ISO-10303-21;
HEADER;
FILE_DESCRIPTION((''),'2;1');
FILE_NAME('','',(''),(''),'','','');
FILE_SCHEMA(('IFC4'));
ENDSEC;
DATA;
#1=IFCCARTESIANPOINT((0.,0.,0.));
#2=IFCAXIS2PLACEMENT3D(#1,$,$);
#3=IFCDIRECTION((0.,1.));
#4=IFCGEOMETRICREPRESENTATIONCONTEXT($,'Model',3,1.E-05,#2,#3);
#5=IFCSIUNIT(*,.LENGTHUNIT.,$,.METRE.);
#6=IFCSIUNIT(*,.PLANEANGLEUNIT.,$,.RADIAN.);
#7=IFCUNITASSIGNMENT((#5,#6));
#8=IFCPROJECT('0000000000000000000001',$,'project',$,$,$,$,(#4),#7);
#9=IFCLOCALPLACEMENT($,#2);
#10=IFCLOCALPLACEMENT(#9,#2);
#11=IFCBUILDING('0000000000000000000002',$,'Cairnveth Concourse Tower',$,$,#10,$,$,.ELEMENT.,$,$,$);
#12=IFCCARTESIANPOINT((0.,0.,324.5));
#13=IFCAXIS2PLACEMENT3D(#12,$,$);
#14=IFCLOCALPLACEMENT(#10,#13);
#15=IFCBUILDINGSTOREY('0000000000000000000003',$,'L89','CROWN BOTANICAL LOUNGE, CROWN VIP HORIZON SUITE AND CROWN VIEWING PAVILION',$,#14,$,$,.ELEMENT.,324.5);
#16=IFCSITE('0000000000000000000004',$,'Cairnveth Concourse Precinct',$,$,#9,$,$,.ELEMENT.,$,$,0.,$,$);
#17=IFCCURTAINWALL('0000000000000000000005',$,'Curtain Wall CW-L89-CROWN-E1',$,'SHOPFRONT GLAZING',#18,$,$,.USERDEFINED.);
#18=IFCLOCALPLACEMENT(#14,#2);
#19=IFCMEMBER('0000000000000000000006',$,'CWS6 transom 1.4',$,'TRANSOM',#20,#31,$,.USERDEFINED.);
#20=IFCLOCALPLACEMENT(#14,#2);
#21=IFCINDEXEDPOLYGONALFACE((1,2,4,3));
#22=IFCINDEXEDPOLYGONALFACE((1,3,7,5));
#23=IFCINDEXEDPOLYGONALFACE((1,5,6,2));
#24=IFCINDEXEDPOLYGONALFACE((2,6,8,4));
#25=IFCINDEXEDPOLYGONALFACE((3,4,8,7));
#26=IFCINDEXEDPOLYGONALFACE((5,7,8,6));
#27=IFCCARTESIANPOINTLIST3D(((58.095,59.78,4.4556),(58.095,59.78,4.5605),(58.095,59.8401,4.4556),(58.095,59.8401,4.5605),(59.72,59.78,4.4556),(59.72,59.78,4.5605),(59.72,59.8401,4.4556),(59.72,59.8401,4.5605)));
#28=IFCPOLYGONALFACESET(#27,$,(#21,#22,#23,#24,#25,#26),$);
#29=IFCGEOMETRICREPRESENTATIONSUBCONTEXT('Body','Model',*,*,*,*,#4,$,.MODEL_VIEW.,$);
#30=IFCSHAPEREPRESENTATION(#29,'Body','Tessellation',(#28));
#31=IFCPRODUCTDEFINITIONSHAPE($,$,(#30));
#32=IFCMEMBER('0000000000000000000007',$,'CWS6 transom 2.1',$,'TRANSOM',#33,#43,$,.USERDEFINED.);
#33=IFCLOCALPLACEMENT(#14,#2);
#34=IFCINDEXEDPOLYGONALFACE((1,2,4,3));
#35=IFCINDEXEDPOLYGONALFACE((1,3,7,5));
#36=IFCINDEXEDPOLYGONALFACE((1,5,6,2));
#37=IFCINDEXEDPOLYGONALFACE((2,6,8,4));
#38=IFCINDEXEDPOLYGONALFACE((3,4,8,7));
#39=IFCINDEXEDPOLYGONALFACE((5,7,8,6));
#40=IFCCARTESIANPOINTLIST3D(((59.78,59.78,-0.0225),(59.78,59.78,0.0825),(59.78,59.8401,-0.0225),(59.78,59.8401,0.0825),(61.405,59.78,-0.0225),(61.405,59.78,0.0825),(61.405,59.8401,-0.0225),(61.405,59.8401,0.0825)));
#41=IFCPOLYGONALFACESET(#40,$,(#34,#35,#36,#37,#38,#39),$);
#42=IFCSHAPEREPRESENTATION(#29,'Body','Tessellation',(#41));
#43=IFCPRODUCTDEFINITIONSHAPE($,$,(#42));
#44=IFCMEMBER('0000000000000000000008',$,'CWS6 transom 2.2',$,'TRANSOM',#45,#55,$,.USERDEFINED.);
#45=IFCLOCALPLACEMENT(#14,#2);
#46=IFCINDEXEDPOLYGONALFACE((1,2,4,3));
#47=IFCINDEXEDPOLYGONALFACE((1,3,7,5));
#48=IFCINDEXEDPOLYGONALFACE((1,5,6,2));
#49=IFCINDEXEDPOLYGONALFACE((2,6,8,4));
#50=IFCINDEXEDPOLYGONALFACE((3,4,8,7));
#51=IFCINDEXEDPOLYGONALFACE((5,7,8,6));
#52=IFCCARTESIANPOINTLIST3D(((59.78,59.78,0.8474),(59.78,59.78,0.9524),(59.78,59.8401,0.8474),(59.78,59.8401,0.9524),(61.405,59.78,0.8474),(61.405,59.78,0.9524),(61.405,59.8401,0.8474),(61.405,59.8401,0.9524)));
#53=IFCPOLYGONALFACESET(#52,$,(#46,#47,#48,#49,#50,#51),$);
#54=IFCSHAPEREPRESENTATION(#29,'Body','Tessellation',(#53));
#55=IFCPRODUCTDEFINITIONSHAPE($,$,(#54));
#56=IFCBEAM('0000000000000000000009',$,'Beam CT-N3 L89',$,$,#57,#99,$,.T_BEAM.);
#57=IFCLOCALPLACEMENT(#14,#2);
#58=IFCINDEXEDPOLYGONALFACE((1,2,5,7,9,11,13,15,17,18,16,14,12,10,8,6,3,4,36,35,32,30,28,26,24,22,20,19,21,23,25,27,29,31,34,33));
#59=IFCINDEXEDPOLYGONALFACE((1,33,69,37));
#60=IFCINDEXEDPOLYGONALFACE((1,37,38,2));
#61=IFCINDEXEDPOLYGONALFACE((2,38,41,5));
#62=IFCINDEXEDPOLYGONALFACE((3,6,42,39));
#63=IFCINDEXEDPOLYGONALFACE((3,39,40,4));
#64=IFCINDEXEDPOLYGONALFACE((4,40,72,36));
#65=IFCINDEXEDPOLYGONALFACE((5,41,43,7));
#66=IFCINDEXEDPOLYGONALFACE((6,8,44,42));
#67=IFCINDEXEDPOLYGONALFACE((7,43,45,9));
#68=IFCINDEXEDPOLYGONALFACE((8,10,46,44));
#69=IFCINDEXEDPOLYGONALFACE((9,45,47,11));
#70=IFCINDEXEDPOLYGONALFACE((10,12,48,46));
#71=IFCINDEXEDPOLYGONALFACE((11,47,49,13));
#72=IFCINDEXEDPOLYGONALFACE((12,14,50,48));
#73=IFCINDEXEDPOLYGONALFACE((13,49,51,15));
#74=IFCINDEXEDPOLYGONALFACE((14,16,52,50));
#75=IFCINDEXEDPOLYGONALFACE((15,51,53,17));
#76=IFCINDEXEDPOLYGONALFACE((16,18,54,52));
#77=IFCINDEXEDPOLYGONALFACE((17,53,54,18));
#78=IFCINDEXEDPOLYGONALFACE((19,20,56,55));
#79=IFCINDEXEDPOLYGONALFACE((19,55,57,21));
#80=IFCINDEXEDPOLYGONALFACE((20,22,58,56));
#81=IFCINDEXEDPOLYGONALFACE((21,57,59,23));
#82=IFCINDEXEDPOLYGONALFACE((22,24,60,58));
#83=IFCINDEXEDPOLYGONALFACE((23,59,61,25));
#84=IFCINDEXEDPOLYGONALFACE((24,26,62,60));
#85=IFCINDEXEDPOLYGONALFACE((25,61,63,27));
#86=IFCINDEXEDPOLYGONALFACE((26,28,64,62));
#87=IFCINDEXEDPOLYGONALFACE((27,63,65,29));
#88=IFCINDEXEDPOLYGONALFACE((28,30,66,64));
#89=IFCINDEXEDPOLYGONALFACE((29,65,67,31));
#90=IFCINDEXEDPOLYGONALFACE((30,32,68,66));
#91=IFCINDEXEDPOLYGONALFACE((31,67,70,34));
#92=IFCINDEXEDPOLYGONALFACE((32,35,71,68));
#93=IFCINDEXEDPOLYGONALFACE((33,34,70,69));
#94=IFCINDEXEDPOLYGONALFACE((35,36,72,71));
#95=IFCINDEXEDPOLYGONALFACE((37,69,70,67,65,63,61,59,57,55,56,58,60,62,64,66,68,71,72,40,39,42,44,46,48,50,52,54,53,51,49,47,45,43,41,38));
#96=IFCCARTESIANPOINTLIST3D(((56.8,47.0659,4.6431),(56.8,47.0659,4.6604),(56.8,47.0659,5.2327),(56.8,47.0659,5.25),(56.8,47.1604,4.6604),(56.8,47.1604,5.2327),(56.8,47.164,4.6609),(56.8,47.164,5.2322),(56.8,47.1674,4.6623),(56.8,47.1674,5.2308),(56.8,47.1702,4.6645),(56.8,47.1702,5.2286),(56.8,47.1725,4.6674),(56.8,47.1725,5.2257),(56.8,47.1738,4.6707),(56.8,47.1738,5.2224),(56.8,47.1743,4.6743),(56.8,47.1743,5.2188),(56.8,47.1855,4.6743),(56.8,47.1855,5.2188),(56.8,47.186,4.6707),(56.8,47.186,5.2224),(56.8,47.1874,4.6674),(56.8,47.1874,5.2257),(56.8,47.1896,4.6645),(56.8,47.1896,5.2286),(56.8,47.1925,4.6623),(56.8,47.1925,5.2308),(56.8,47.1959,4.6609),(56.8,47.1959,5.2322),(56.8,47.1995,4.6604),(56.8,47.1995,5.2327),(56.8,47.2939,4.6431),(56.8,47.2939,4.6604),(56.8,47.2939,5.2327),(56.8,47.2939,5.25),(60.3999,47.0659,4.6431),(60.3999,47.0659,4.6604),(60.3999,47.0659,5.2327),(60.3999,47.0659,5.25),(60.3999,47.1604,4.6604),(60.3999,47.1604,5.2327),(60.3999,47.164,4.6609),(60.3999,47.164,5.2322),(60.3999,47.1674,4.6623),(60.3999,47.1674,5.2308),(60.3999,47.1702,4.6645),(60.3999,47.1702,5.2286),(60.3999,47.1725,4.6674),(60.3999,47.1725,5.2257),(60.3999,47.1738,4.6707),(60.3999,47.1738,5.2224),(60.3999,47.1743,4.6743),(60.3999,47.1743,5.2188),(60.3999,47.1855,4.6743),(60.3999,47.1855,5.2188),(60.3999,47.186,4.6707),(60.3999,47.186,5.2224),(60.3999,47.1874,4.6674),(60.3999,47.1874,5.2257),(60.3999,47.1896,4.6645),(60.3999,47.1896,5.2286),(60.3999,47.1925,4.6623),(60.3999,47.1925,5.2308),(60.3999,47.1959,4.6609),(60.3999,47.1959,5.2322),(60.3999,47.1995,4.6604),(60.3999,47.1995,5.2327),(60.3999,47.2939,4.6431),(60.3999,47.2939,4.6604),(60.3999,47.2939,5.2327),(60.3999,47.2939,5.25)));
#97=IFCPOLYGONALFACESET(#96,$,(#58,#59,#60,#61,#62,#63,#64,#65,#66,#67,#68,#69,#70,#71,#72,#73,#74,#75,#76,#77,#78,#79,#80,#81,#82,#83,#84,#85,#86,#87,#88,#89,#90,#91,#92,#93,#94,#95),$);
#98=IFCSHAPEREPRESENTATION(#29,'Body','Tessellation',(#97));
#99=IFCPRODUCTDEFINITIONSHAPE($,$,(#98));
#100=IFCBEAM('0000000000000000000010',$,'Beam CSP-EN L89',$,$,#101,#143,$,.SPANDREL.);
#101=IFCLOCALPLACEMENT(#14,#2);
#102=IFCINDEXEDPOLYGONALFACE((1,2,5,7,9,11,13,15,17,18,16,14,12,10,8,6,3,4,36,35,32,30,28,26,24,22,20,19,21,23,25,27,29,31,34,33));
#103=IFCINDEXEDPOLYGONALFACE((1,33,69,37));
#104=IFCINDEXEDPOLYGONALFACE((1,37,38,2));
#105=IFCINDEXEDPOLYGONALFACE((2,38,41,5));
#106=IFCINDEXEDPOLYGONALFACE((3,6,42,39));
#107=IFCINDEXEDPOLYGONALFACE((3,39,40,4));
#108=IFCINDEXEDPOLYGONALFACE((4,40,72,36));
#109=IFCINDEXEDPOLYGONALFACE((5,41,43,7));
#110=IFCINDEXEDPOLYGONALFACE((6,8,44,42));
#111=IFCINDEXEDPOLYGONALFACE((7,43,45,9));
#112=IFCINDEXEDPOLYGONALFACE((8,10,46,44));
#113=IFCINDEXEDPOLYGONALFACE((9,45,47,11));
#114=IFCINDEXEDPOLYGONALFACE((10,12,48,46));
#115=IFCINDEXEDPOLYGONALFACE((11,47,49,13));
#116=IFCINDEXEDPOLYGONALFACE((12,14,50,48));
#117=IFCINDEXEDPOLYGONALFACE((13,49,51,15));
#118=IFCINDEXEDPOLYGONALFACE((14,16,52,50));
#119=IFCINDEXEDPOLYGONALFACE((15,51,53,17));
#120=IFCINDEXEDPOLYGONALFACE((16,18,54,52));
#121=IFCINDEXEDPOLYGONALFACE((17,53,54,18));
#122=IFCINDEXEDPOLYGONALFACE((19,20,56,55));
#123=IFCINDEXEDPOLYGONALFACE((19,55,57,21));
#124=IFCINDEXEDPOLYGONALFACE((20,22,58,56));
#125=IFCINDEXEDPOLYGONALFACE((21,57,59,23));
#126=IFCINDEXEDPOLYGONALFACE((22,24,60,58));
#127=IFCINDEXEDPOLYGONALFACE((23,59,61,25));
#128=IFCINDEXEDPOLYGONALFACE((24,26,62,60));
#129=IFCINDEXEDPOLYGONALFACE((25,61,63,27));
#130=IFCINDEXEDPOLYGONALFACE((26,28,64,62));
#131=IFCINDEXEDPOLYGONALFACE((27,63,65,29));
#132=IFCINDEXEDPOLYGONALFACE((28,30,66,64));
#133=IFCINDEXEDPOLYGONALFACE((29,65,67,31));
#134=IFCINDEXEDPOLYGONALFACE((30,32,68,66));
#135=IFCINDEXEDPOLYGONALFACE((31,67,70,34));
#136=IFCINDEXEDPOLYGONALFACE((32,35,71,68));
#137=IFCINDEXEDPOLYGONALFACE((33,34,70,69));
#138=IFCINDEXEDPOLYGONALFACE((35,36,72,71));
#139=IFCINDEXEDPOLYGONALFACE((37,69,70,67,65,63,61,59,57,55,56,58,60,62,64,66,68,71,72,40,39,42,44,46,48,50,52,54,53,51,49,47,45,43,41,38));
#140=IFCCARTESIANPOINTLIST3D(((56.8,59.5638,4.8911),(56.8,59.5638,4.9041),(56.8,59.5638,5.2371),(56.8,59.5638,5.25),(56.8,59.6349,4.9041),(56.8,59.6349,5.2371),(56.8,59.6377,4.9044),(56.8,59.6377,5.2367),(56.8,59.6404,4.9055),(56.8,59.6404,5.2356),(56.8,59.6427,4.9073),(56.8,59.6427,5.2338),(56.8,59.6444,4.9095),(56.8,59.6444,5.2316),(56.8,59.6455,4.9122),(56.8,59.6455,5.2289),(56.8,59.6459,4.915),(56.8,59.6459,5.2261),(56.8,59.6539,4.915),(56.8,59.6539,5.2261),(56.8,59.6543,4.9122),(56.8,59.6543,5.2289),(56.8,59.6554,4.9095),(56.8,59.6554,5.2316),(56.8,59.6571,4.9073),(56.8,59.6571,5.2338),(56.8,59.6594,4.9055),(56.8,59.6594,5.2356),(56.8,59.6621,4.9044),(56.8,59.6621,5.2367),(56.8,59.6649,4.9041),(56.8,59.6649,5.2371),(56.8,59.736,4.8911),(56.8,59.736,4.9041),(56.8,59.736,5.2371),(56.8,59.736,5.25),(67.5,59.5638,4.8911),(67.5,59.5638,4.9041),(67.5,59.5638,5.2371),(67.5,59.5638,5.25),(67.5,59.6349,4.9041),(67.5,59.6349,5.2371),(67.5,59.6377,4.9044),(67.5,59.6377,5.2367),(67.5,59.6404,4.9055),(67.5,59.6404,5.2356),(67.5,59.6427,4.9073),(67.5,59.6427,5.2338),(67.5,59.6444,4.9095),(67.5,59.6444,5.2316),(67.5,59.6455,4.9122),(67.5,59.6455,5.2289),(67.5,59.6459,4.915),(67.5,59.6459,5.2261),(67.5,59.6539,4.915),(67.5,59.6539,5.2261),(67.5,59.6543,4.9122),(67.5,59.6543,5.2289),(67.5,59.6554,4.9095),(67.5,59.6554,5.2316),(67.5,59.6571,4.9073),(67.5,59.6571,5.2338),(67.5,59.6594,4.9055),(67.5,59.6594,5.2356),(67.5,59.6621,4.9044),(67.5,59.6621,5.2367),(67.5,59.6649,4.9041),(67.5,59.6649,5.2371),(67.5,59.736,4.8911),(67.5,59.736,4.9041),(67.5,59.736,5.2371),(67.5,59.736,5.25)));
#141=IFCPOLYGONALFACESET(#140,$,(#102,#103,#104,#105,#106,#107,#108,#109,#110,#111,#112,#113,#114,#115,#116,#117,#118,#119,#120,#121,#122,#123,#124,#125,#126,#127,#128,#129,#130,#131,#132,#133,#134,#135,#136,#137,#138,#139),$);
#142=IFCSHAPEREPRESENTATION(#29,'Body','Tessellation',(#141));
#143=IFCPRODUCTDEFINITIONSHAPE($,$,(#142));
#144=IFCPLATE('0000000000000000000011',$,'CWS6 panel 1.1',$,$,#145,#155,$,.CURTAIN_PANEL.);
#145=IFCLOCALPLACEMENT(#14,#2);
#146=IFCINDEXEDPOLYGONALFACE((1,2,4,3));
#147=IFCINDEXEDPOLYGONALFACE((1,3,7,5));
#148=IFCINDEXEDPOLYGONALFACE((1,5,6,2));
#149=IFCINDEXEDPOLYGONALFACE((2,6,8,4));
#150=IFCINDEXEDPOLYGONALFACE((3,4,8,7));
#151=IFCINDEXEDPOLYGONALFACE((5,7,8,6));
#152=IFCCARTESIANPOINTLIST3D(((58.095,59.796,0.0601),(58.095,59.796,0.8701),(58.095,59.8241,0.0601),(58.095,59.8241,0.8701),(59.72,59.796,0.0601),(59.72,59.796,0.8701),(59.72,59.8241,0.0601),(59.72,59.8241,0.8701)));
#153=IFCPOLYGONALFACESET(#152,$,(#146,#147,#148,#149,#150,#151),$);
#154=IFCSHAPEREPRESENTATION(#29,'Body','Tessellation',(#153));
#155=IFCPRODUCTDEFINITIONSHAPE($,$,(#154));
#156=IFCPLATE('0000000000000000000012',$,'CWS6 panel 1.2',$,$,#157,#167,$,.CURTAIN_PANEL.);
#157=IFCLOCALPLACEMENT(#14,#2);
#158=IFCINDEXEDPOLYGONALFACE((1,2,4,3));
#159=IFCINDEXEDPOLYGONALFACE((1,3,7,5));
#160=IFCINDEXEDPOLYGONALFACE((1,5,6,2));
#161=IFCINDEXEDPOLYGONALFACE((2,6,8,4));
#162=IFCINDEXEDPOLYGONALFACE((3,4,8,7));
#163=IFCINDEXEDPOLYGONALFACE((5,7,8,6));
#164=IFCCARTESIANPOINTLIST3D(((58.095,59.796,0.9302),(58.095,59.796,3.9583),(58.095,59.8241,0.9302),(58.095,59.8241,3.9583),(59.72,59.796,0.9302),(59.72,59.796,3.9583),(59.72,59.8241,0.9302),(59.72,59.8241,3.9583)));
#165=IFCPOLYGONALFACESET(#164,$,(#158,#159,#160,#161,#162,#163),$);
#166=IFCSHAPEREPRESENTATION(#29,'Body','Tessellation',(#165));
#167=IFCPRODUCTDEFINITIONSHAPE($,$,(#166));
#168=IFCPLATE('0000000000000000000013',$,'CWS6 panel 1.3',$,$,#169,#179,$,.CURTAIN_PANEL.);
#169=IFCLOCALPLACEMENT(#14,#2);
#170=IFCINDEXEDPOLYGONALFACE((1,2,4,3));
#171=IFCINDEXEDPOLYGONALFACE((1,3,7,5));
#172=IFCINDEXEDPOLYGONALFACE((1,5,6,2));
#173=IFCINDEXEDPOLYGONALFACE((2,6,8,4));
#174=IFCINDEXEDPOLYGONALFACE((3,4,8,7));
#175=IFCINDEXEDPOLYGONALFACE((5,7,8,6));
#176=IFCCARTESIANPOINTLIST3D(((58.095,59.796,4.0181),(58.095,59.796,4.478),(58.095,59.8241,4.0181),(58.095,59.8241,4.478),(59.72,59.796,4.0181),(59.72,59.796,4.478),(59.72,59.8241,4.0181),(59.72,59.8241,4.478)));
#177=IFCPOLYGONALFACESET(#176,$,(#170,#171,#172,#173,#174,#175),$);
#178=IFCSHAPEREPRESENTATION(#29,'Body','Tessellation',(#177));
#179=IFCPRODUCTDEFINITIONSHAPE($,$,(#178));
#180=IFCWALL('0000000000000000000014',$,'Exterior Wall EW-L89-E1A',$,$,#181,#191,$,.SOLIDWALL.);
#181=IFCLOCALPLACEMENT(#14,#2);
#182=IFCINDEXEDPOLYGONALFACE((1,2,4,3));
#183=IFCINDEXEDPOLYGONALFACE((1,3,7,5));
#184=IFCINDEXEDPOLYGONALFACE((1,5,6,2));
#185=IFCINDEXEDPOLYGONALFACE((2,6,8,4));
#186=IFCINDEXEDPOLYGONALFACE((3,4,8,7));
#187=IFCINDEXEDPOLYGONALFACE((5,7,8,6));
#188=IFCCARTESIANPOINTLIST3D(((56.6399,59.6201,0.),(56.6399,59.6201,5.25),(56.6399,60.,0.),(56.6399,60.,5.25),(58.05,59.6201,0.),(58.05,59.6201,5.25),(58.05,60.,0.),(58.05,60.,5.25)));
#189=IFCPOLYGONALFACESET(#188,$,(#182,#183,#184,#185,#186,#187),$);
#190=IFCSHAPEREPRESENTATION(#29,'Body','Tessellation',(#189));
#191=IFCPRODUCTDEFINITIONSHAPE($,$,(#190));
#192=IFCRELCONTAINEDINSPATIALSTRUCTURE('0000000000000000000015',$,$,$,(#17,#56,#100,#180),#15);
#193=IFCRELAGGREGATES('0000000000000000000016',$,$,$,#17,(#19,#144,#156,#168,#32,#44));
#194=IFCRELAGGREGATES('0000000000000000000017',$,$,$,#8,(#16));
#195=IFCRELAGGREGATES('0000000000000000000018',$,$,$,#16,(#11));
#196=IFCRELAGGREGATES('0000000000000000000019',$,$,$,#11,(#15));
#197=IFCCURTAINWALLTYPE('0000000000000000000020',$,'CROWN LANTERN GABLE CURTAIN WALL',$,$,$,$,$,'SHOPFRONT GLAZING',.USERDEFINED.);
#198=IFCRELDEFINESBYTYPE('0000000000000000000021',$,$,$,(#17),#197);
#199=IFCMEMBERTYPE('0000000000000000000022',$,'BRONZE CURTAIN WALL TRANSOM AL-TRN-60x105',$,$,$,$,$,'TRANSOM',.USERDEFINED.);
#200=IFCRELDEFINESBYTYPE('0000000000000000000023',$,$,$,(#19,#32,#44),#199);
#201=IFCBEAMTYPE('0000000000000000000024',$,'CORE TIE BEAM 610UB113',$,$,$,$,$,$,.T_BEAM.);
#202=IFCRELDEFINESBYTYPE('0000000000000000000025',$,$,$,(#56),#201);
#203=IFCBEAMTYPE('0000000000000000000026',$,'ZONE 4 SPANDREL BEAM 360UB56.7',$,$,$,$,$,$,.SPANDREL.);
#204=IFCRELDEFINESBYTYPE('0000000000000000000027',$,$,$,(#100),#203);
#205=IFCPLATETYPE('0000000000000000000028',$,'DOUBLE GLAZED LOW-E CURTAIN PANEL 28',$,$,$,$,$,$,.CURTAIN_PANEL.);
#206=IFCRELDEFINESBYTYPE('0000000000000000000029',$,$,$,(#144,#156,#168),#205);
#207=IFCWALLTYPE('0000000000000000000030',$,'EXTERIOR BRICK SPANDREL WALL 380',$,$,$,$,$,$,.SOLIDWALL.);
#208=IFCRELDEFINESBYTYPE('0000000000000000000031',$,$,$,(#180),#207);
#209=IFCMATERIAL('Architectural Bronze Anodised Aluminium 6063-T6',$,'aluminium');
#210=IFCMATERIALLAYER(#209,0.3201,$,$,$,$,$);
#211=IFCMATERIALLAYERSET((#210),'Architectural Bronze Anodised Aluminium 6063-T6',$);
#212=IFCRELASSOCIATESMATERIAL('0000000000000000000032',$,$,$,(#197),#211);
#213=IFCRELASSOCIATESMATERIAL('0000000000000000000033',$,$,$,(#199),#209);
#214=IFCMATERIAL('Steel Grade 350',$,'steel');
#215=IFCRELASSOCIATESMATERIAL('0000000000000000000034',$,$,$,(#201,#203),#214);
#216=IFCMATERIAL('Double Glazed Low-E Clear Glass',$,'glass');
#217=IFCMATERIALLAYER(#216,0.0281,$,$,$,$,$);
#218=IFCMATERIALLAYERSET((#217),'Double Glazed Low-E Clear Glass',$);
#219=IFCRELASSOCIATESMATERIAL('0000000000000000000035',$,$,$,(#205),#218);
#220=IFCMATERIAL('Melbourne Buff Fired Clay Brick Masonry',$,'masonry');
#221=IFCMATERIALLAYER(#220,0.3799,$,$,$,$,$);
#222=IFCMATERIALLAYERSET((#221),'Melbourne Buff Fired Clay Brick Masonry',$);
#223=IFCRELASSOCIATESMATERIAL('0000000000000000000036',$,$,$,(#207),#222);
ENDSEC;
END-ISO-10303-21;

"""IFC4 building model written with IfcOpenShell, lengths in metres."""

from ifc_helpers import new_model, si_unit, direction, frame, frame_2d, origin, origin_2d, place, context, subcontext, project, spatial, rectangle, i_section, extrude, material, layer, layer_set, material_profile, profile_set, type_object, element, aggregate, save


model = new_model("IFC4")

# Units and contexts
model_context = context("Model", 3, precision=1e-05, world=origin(), true_north=direction((0.0, 1.0)))
body_context = subcontext(model_context, "Body", "Model", "MODEL_VIEW")
ifc_project = project(units=[si_unit("LENGTHUNIT", "METRE"), si_unit("PLANEANGLEUNIT", "RADIAN")], contexts=[model_context])

# Site, building, storey
site_placement = place(None, origin())
site = spatial("IfcSite", under=ifc_project, at=site_placement, Name="Cairnveth Concourse Precinct", CompositionType="ELEMENT", RefElevation=0.0)
building_placement = place(site_placement, origin())
building = spatial("IfcBuilding", under=site, at=building_placement, Name="Cairnveth Concourse Tower", CompositionType="ELEMENT")
storey_placement = place(building_placement, frame((0.0, 0.0, 324.5)))
storey = spatial("IfcBuildingStorey", under=building, at=storey_placement, Name="L89", Description="CROWN BOTANICAL LOUNGE, CROWN VIP HORIZON SUITE AND CROWN VIEWING PAVILION", CompositionType="ELEMENT", Elevation=324.5)

# Shared definitions
ifc_material_1 = material(Name="Steel Grade 350", Category="steel")

# Curtain wall, members
ifc_material_2 = material(Name="Architectural Bronze Anodised Aluminium 6063-T6", Category="aluminium")
ifc_layer_1 = layer(ifc_material_2, 0.3201)
ifc_layer_set_1 = layer_set([ifc_layer_1], Name="Architectural Bronze Anodised Aluminium 6063-T6")
curtain_wall_type = type_object("IfcCurtainWallType", Name="CROWN LANTERN GABLE CURTAIN WALL", ElementType="SHOPFRONT GLAZING", PredefinedType="USERDEFINED", material=ifc_layer_set_1)
curtain_wall_placement = place(storey_placement, origin())
curtain_wall = element("IfcCurtainWall", 1, at=curtain_wall_placement, inside=storey, type_object=curtain_wall_type, Name="Curtain Wall CW-L89-CROWN-E1", ObjectType="SHOPFRONT GLAZING", PredefinedType="USERDEFINED")
ifc_material_profile_1 = material_profile(ifc_material_2, rectangle(XDim=0.0601, YDim=0.105, at=origin_2d()), Name="AL-TRN-60x105")
ifc_profile_set_1 = profile_set([ifc_material_profile_1], Name="Architectural Bronze Anodised Aluminium 6063-T6")
member_type_1 = type_object("IfcMemberType", Name="BRONZE CURTAIN WALL TRANSOM AL-TRN-60x105", ElementType="TRANSOM", PredefinedType="USERDEFINED", material=ifc_profile_set_1)
member_1_placement = place(storey_placement, frame((58.095, 59.8101, 4.5081), z_axis=(1.0, 0.0, 0.0), x_axis=(0.0, 1.0, 0.0)))
member_1 = element("IfcMember", 2, at=member_1_placement, type_object=member_type_1, Name="CWS6 transom 1.4", ObjectType="TRANSOM", PredefinedType="USERDEFINED", context=body_context, shape_type="SweptSolid", body=[
    extrude(rectangle(XDim=0.0601, YDim=0.105, at=origin_2d()), origin(), (0.0, 0.0, 1.0), 1.625),
])
member_2_placement = place(storey_placement, frame((59.78, 59.8101, 0.03), z_axis=(1.0, 0.0, 0.0), x_axis=(0.0, 1.0, 0.0)))
member_2 = element("IfcMember", 3, at=member_2_placement, type_object=member_type_1, Name="CWS6 transom 2.1", ObjectType="TRANSOM", PredefinedType="USERDEFINED", context=body_context, shape_type="SweptSolid", body=[
    extrude(rectangle(XDim=0.0601, YDim=0.105, at=origin_2d()), origin(), (0.0, 0.0, 1.0), 1.625),
])
member_3_placement = place(storey_placement, frame((59.78, 59.8101, 0.8999), z_axis=(1.0, 0.0, 0.0), x_axis=(0.0, 1.0, 0.0)))
member_3 = element("IfcMember", 4, at=member_3_placement, type_object=member_type_1, Name="CWS6 transom 2.2", ObjectType="TRANSOM", PredefinedType="USERDEFINED", context=body_context, shape_type="SweptSolid", body=[
    extrude(rectangle(XDim=0.0601, YDim=0.105, at=origin_2d()), origin(), (0.0, 0.0, 1.0), 1.625),
])

# Beams
ifc_material_profile_2 = material_profile(ifc_material_1, i_section(OverallWidth=0.228, OverallDepth=0.6069, WebThickness=0.0112, FlangeThickness=0.0173, FilletRadius=0.0139, at=origin_2d()), Name="610UB113")
ifc_profile_set_2 = profile_set([ifc_material_profile_2], Name="Steel Grade 350")
beam_type_1 = type_object("IfcBeamType", Name="CORE TIE BEAM 610UB113", PredefinedType="T_BEAM", material=ifc_profile_set_2)
beam_1_placement = place(storey_placement, frame((56.8, 47.1799, 4.9465), z_axis=(1.0, 0.0, 0.0), x_axis=(0.0, 1.0, 0.0)))
element("IfcBeam", 5, at=beam_1_placement, inside=storey, type_object=beam_type_1, Name="Beam CT-N3 L89", PredefinedType="T_BEAM", context=body_context, shape_type="SweptSolid", body=[
    extrude(i_section(OverallWidth=0.228, OverallDepth=0.6069, WebThickness=0.0112, FlangeThickness=0.0173, FilletRadius=0.0139, at=origin_2d()), origin(), (0.0, 0.0, 1.0), 3.5999),
])
ifc_material_profile_3 = material_profile(ifc_material_1, i_section(OverallWidth=0.1721, OverallDepth=0.3589, WebThickness=0.0081, FlangeThickness=0.0129, FilletRadius=0.011, at=origin_2d()), Name="360UB56.7")
ifc_profile_set_3 = profile_set([ifc_material_profile_3], Name="Steel Grade 350")
beam_type_2 = type_object("IfcBeamType", Name="ZONE 4 SPANDREL BEAM 360UB56.7", PredefinedType="SPANDREL", material=ifc_profile_set_3)
beam_2_placement = place(storey_placement, frame((56.8, 59.6499, 5.0706), z_axis=(1.0, 0.0, 0.0), x_axis=(0.0, 1.0, 0.0)))
element("IfcBeam", 6, at=beam_2_placement, inside=storey, type_object=beam_type_2, Name="Beam CSP-EN L89", PredefinedType="SPANDREL", context=body_context, shape_type="SweptSolid", body=[
    extrude(i_section(OverallWidth=0.1721, OverallDepth=0.3589, WebThickness=0.0081, FlangeThickness=0.0129, FilletRadius=0.011, at=origin_2d()), origin(), (0.0, 0.0, 1.0), 10.7),
])

# Plates
ifc_material_3 = material(Name="Double Glazed Low-E Clear Glass", Category="glass")
ifc_layer_2 = layer(ifc_material_3, 0.0281)
ifc_layer_set_2 = layer_set([ifc_layer_2], Name="Double Glazed Low-E Clear Glass")
plate_type = type_object("IfcPlateType", Name="DOUBLE GLAZED LOW-E CURTAIN PANEL 28", PredefinedType="CURTAIN_PANEL", material=ifc_layer_set_2)
plate_1_placement = place(storey_placement, frame((58.9075, 59.8101, 0.0601), z_axis=(0.0, 0.0, 1.0), x_axis=(1.0, 0.0, 0.0)))
plate_1 = element("IfcPlate", 7, at=plate_1_placement, type_object=plate_type, Name="CWS6 panel 1.1", PredefinedType="CURTAIN_PANEL", context=body_context, shape_type="SweptSolid", body=[
    extrude(rectangle(XDim=1.625, YDim=0.0281, at=origin_2d()), origin(), (0.0, 0.0, 1.0), 0.8101),
])
plate_2_placement = place(storey_placement, frame((58.9075, 59.8101, 0.9302), z_axis=(0.0, 0.0, 1.0), x_axis=(1.0, 0.0, 0.0)))
plate_2 = element("IfcPlate", 8, at=plate_2_placement, type_object=plate_type, Name="CWS6 panel 1.2", PredefinedType="CURTAIN_PANEL", context=body_context, shape_type="SweptSolid", body=[
    extrude(rectangle(XDim=1.625, YDim=0.0281, at=origin_2d()), origin(), (0.0, 0.0, 1.0), 3.0281),
])
plate_3_placement = place(storey_placement, frame((58.9075, 59.8101, 4.0181), z_axis=(0.0, 0.0, 1.0), x_axis=(1.0, 0.0, 0.0)))
plate_3 = element("IfcPlate", 9, at=plate_3_placement, type_object=plate_type, Name="CWS6 panel 1.3", PredefinedType="CURTAIN_PANEL", context=body_context, shape_type="SweptSolid", body=[
    extrude(rectangle(XDim=1.625, YDim=0.0281, at=origin_2d()), origin(), (0.0, 0.0, 1.0), 0.46),
])
aggregate(curtain_wall, [member_1, plate_1, plate_2, plate_3, member_2, member_3])

# Wall
ifc_material_4 = material(Name="Melbourne Buff Fired Clay Brick Masonry", Category="masonry")
ifc_layer_3 = layer(ifc_material_4, 0.3799)
ifc_layer_set_3 = layer_set([ifc_layer_3], Name="Melbourne Buff Fired Clay Brick Masonry")
wall_type_1 = type_object("IfcWallType", Name="EXTERIOR BRICK SPANDREL WALL 380", PredefinedType="SOLIDWALL", material=ifc_layer_set_3)
wall_1_placement = place(storey_placement, frame((56.6399, 59.8101, 0.0), z_axis=(0.0, 0.0, 1.0), x_axis=(1.0, 0.0, 0.0)))
element("IfcWall", 10, at=wall_1_placement, inside=storey, type_object=wall_type_1, Name="Exterior Wall EW-L89-E1A", PredefinedType="SOLIDWALL", context=body_context, shape_type="SweptSolid", body=[
    extrude(rectangle(XDim=1.4102, YDim=0.3799, at=frame_2d((0.7051, 0.0))), origin(), (0.0, 0.0, 1.0), 5.25),
])

save(model, "model.ifc")
